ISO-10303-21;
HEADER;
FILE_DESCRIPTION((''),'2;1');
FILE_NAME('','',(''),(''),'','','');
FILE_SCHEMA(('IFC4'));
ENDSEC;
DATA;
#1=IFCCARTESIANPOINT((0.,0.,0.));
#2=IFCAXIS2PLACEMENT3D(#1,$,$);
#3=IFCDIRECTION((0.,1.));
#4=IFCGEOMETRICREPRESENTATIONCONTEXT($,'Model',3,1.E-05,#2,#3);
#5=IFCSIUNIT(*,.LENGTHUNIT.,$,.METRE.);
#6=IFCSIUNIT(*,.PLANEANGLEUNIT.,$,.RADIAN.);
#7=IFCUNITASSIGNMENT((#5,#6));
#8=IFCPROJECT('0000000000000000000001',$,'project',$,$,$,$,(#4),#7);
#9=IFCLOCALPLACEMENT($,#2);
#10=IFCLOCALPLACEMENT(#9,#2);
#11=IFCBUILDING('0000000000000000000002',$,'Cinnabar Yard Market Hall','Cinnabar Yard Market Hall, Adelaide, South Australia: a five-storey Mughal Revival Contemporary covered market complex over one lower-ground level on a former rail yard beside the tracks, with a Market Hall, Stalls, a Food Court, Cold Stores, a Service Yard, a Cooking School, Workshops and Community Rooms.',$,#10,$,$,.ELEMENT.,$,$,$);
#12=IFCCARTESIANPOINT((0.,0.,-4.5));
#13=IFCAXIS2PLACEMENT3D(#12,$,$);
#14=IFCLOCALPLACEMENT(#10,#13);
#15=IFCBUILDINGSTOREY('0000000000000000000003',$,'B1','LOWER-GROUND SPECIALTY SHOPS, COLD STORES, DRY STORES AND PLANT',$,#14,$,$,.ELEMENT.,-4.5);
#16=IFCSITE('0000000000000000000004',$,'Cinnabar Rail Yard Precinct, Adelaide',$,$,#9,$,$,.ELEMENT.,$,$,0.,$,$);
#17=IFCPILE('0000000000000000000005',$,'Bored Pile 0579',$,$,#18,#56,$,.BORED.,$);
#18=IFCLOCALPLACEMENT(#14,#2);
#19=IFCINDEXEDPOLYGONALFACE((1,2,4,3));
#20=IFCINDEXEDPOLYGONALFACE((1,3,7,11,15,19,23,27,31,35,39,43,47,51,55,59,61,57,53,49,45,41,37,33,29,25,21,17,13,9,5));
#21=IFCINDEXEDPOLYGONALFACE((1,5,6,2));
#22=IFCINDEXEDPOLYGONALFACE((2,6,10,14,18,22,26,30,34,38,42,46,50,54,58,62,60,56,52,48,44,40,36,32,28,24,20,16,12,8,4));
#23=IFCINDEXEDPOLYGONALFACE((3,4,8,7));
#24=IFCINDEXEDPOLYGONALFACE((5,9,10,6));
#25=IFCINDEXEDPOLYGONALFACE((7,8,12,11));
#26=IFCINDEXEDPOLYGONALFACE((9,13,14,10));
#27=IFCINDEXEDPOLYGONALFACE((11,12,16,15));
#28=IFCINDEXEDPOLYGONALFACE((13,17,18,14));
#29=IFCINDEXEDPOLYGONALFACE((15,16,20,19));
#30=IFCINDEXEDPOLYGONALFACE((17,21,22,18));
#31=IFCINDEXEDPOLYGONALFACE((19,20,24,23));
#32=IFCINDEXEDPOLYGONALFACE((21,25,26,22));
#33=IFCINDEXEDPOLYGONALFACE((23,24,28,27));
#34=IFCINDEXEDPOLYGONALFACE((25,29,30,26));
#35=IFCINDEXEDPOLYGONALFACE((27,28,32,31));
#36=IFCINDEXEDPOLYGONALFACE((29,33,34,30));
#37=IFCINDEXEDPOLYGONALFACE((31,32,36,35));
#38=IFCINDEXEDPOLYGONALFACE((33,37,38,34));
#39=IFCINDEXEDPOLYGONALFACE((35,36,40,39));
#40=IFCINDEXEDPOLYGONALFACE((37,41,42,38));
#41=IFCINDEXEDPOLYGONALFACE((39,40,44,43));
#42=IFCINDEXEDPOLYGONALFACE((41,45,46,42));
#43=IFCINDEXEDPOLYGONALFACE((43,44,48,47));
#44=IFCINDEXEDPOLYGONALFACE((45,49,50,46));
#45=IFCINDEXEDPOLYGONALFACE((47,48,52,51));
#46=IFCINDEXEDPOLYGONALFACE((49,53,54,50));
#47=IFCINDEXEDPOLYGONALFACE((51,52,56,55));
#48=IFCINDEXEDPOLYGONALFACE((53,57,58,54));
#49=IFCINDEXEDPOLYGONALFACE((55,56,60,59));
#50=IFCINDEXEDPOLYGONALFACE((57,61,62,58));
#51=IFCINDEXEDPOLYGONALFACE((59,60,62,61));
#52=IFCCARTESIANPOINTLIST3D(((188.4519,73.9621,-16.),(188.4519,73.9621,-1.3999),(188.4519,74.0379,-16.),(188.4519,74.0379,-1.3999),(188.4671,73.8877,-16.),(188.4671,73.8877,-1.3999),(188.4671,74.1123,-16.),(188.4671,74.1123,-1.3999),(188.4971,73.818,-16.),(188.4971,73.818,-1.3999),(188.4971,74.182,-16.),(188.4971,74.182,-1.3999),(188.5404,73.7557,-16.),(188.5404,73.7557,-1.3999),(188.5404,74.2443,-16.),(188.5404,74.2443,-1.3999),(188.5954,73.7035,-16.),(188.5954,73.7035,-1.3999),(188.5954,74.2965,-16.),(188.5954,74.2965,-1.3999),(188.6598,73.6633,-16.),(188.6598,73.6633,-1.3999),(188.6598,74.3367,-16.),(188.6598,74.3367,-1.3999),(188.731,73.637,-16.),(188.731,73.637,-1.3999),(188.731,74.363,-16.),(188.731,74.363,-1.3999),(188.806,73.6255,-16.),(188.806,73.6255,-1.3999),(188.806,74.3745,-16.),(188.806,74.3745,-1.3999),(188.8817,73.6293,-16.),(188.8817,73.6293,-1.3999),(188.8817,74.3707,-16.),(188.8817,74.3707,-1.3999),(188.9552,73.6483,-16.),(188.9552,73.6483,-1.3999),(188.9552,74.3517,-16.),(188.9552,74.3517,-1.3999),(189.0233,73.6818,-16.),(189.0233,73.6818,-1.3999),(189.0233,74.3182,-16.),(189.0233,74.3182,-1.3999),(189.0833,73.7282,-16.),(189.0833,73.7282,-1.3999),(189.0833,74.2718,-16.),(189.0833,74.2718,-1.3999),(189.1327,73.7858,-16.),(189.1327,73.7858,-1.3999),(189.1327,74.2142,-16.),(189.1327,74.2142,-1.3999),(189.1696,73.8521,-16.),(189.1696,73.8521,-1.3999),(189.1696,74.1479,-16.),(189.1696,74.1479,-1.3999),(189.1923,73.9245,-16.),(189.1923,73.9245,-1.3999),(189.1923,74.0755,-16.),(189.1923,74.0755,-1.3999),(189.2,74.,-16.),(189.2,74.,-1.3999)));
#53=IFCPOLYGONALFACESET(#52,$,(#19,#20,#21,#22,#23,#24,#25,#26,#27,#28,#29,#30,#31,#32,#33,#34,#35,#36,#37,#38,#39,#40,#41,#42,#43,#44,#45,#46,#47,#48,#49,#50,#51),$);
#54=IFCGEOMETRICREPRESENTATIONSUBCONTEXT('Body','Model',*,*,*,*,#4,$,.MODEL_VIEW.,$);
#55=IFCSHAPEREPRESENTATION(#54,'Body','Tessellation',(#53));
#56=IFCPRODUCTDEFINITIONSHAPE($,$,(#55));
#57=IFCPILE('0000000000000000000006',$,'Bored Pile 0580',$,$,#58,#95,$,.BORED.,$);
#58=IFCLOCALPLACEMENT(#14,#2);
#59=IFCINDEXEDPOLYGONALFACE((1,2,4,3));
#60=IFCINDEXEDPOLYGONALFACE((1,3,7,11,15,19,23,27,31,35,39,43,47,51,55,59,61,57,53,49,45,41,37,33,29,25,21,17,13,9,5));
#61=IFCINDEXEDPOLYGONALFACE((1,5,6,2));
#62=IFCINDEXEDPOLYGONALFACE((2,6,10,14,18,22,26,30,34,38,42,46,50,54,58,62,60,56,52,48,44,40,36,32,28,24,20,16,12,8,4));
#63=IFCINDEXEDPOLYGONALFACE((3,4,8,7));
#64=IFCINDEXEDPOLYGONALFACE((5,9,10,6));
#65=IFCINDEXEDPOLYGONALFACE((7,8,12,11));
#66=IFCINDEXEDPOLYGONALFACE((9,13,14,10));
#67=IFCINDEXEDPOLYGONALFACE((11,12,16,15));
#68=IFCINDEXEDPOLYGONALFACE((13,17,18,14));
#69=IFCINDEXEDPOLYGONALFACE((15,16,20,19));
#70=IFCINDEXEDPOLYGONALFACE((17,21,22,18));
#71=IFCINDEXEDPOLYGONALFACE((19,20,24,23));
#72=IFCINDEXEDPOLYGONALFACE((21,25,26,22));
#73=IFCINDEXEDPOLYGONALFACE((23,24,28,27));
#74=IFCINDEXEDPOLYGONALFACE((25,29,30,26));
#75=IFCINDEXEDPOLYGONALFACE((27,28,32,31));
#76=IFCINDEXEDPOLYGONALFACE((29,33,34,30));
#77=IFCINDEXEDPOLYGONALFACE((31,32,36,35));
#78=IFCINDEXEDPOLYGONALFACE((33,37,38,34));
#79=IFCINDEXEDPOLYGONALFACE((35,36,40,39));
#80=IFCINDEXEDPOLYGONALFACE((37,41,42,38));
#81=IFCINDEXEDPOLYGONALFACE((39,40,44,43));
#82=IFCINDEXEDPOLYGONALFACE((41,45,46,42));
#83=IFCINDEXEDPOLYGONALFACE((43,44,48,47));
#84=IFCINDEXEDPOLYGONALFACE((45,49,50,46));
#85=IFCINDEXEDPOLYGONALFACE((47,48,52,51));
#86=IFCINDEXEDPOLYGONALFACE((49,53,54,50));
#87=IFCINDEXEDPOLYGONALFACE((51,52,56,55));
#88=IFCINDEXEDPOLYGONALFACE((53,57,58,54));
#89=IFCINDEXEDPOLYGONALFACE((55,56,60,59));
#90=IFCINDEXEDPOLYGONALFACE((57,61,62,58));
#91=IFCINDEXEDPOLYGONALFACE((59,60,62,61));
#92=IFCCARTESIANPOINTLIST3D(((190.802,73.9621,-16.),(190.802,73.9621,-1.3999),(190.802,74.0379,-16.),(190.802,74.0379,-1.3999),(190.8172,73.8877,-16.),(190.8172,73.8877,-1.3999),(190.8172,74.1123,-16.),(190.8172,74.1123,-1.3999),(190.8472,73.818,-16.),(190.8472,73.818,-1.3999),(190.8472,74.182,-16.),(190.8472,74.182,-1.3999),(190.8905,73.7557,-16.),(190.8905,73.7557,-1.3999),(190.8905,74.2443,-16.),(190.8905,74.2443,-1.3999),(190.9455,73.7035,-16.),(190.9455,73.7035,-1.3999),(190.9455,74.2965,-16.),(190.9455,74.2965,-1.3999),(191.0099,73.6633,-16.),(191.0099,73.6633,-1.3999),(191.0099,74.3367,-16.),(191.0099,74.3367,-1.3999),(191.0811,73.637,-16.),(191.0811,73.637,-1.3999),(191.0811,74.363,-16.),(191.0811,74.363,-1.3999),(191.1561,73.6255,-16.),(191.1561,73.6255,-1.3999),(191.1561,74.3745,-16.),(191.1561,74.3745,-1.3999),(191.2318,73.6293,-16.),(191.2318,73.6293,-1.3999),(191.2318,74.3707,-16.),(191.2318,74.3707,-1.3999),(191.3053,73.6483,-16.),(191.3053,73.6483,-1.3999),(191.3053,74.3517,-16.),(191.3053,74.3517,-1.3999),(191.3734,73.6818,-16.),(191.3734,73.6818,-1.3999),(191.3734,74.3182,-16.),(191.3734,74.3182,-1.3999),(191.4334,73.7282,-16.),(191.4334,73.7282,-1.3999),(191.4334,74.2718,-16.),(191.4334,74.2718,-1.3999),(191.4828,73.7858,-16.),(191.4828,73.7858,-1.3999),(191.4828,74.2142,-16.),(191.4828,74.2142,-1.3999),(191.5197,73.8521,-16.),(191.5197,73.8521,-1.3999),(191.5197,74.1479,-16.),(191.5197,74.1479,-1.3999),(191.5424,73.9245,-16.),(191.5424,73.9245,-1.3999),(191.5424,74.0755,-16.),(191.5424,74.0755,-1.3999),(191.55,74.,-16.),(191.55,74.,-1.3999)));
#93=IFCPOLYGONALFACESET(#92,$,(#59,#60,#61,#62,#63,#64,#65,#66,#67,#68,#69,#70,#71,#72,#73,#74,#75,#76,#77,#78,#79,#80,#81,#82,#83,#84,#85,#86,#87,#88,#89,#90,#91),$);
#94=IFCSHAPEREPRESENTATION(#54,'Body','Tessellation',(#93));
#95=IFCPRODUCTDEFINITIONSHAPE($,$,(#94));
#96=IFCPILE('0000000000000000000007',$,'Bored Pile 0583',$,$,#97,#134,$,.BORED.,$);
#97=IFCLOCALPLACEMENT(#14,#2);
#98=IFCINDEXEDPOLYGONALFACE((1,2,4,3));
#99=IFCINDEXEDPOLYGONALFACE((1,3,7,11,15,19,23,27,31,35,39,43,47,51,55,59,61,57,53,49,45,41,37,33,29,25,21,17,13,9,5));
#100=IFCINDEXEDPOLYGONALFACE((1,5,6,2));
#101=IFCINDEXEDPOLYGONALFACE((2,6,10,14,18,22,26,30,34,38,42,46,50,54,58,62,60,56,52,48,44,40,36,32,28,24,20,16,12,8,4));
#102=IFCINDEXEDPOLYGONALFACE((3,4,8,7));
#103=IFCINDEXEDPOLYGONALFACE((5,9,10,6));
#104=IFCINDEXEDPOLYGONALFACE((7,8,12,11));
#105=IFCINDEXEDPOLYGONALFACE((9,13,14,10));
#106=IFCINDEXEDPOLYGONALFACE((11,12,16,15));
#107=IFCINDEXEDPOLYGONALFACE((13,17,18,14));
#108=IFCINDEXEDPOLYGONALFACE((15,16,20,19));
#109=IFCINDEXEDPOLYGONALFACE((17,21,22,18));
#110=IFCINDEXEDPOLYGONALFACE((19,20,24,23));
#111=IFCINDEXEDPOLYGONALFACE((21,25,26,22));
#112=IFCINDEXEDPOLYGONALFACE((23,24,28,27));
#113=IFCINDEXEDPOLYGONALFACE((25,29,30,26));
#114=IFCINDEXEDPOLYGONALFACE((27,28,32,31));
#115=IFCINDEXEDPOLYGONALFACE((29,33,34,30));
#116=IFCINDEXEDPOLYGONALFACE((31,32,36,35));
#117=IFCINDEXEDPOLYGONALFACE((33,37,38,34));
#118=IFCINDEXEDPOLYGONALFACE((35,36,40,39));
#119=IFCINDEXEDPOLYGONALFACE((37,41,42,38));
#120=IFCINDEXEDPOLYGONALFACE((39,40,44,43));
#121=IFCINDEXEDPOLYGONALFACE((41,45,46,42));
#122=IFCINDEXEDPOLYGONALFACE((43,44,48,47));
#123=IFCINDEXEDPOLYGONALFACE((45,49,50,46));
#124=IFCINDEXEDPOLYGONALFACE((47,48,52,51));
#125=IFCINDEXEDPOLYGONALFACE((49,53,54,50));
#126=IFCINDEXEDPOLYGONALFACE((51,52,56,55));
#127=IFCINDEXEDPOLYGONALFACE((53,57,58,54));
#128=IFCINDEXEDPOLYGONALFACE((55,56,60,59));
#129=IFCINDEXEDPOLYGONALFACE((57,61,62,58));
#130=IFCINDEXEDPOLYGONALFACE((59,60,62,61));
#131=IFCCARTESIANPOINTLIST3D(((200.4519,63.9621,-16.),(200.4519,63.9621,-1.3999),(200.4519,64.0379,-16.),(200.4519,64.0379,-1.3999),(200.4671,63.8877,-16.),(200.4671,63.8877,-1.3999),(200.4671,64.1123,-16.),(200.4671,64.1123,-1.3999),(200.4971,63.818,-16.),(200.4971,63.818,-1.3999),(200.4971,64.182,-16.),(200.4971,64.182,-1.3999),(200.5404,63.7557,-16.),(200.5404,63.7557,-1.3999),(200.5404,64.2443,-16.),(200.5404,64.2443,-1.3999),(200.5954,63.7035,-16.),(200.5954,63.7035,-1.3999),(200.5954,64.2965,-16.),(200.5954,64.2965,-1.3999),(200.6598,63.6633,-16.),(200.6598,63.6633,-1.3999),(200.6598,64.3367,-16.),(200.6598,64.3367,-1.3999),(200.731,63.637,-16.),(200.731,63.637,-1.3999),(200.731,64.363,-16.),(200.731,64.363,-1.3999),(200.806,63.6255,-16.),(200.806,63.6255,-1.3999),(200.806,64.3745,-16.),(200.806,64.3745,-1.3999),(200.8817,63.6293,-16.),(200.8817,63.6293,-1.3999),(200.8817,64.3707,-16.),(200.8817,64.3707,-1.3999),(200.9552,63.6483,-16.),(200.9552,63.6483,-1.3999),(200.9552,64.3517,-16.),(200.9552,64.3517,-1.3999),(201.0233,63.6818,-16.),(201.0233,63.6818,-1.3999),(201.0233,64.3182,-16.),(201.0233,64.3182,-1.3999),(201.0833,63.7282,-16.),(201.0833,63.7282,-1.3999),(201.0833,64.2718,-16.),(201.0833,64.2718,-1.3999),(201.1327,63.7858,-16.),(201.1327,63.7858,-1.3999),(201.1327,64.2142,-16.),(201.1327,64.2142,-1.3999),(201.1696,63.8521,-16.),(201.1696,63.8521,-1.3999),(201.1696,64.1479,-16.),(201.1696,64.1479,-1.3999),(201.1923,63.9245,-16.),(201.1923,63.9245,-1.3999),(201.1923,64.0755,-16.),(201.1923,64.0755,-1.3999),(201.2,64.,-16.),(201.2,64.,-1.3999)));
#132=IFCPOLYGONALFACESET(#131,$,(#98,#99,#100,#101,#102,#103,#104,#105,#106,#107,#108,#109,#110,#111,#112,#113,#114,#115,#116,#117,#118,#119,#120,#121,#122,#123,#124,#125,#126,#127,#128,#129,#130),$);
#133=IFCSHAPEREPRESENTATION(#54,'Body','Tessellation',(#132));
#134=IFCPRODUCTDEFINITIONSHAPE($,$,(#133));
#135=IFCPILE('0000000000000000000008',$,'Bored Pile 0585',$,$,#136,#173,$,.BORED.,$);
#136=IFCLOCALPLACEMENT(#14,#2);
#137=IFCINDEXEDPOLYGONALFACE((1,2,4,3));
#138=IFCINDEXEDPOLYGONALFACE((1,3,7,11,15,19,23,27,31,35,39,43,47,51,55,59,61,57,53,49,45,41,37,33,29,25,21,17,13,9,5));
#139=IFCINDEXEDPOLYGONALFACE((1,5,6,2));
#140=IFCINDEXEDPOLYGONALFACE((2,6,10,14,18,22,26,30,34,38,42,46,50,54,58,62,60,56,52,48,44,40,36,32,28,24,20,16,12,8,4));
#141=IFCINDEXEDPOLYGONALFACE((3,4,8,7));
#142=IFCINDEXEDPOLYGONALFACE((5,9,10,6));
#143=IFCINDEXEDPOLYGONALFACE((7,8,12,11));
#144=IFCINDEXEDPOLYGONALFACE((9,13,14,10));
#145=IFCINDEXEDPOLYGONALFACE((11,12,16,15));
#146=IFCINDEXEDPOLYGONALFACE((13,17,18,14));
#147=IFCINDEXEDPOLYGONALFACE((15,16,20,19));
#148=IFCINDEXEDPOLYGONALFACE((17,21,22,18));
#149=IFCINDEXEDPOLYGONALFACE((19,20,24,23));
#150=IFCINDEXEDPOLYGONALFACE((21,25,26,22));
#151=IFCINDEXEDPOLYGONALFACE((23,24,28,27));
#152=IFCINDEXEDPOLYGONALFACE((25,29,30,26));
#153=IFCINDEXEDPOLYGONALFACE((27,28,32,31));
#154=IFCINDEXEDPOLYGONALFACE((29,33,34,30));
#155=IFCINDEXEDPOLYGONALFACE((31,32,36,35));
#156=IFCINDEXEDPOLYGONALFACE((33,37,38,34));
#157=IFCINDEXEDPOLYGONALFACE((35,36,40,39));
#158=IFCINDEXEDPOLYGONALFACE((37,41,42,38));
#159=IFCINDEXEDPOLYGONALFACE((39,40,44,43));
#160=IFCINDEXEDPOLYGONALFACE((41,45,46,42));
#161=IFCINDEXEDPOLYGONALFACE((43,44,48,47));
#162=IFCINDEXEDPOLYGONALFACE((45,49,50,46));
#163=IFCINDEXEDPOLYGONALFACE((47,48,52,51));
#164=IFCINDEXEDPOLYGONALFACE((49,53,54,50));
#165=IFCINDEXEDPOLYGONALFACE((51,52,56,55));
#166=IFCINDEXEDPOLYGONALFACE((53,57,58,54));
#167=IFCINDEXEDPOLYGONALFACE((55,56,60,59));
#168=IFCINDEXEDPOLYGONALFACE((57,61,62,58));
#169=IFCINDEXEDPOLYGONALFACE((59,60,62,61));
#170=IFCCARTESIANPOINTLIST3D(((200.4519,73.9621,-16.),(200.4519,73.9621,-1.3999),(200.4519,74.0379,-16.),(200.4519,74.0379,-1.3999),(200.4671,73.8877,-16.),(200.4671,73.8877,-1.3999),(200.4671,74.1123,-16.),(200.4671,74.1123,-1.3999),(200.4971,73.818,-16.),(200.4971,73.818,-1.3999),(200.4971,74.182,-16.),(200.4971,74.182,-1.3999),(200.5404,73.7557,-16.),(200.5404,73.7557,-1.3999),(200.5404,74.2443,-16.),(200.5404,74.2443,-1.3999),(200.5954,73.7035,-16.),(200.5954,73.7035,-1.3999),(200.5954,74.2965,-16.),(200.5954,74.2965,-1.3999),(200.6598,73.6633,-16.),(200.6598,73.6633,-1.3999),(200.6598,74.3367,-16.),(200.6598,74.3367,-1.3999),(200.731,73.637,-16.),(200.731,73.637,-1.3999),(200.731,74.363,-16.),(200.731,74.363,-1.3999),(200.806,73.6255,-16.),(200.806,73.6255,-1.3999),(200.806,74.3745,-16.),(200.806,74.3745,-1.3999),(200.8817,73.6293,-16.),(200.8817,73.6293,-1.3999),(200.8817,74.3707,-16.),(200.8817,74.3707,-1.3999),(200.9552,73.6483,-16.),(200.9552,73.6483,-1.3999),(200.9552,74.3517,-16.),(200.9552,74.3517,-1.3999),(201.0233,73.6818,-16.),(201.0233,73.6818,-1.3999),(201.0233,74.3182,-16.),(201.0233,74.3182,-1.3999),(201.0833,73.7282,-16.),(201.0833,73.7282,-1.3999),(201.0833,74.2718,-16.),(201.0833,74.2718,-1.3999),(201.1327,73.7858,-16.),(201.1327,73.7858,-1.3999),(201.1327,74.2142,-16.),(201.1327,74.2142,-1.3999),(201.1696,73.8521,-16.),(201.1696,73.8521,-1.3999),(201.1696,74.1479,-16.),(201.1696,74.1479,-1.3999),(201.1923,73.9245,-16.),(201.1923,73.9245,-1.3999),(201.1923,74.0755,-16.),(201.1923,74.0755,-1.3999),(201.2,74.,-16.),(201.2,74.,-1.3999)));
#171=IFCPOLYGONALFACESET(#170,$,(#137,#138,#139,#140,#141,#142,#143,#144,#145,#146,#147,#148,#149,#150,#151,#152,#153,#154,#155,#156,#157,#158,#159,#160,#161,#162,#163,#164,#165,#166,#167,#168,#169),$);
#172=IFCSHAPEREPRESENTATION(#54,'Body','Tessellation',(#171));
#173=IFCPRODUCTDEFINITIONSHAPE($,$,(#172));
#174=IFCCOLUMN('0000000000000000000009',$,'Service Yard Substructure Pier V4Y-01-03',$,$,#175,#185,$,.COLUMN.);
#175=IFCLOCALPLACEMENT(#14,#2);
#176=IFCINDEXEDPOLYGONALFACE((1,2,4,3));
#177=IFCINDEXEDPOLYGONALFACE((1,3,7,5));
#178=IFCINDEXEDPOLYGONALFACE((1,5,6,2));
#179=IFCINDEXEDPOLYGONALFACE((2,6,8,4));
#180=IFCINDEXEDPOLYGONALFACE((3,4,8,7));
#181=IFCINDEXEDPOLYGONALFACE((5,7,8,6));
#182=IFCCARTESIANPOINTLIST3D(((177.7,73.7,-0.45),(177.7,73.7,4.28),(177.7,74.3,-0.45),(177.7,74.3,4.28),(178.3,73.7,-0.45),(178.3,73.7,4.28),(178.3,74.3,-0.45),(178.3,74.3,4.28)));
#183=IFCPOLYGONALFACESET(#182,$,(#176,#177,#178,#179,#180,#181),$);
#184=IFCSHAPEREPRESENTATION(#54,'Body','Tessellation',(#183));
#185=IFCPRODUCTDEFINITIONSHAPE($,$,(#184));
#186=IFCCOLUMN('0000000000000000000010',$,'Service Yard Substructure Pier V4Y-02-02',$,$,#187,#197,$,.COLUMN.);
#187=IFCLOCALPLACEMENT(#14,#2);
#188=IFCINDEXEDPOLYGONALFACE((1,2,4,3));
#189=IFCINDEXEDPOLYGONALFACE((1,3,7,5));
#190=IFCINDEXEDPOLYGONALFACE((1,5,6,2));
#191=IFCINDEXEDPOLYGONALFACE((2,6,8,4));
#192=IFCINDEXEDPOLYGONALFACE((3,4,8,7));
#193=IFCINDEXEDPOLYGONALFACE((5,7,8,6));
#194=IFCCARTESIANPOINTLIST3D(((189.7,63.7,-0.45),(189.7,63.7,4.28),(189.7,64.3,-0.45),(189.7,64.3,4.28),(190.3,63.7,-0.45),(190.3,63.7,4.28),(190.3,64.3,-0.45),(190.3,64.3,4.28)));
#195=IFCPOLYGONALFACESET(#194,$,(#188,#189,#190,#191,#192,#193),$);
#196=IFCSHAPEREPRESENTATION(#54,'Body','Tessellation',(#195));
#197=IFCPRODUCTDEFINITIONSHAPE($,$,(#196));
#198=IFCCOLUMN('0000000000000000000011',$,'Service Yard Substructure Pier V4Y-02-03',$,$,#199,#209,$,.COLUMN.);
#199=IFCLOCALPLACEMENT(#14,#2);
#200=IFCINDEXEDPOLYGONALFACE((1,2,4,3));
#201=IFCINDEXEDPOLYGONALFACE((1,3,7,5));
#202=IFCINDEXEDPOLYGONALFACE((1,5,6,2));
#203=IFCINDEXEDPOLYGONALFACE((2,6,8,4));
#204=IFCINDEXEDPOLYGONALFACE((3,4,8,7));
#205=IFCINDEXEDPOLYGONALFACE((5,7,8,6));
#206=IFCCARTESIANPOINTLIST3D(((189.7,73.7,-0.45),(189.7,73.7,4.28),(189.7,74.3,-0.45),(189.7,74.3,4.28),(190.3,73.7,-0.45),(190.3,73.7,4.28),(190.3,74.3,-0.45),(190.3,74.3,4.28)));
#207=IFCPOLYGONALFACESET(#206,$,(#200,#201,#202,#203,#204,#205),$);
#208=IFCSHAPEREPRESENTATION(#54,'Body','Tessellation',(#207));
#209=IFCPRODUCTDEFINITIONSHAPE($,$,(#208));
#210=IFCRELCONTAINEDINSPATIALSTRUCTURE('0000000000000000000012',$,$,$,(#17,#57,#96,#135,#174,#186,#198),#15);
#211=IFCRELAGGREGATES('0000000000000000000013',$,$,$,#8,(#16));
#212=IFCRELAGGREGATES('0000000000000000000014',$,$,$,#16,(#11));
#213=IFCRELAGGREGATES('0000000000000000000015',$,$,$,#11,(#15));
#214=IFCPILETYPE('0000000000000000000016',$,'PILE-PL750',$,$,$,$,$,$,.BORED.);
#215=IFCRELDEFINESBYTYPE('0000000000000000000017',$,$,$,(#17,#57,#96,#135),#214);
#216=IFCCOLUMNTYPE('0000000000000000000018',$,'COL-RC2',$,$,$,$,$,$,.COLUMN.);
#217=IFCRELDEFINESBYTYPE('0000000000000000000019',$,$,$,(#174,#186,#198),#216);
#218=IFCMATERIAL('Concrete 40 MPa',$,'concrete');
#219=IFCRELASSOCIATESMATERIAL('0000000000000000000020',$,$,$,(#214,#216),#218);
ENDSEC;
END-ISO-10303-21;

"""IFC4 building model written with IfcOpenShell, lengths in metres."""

from ifc_helpers import new_model, si_unit, direction, frame, origin, origin_2d_with_axis, place, context, subcontext, project, spatial, rectangle, circle, extrude, material, material_profile, profile_set, type_object, element, save


model = new_model("IFC4")

# Units and contexts
model_context = context("Model", 3, precision=1e-05, world=origin(), true_north=direction((0.0, 1.0)))
body_context = subcontext(model_context, "Body", "Model", "MODEL_VIEW")
ifc_project = project(units=[si_unit("LENGTHUNIT", "METRE"), si_unit("PLANEANGLEUNIT", "RADIAN")], contexts=[model_context])

# Site, building, storey
site_placement = place(None, origin())
site = spatial("IfcSite", under=ifc_project, at=site_placement, Name="Cinnabar Rail Yard Precinct, Adelaide", CompositionType="ELEMENT", RefElevation=0.0)
building_placement = place(site_placement, origin())
building = spatial("IfcBuilding", under=site, at=building_placement, Name="Cinnabar Yard Market Hall", Description="Cinnabar Yard Market Hall, Adelaide, South Australia: a five-storey Mughal Revival Contemporary covered market complex over one lower-ground level on a former rail yard beside the tracks, with a Market Hall, Stalls, a Food Court, Cold Stores, a Service Yard, a Cooking School, Workshops and Community Rooms.", CompositionType="ELEMENT")
storey_placement = place(building_placement, frame((0.0, 0.0, -4.5)))
storey = spatial("IfcBuildingStorey", under=building, at=storey_placement, Name="B1", Description="LOWER-GROUND SPECIALTY SHOPS, COLD STORES, DRY STORES AND PLANT", CompositionType="ELEMENT", Elevation=-4.5)

# Shared definitions
ifc_material_1 = material(Name="Concrete 40 MPa", Category="concrete")

# Piles
ifc_material_profile_1 = material_profile(ifc_material_1, circle(Radius=0.375, at=origin_2d_with_axis()), Name="PILE-D750")
ifc_profile_set_1 = profile_set([ifc_material_profile_1], Name="Concrete 40 MPa")
pile_type = type_object("IfcPileType", Name="PILE-PL750", PredefinedType="BORED", material=ifc_profile_set_1)
for number, where, z_axis, x_axis, name in (
    (1, (188.825, 74.0, -1.3999), (0.0, 0.0, -1.0), (1.0, 0.0, 0.0), "Bored Pile 0579"),
    (2, (191.175, 74.0, -1.3999), (0.0, 0.0, -1.0), (1.0, 0.0, 0.0), "Bored Pile 0580"),
    (3, (200.825, 64.0, -1.3999), (0.0, 0.0, -1.0), (1.0, 0.0, 0.0), "Bored Pile 0583"),
    (4, (200.825, 74.0, -1.3999), (0.0, 0.0, -1.0), (1.0, 0.0, 0.0), "Bored Pile 0585"),
):
    element("IfcPile", number, at=place(storey_placement, frame(where, z_axis=z_axis, x_axis=x_axis)), inside=storey, type_object=pile_type, Name=name, PredefinedType="BORED", context=body_context, shape_type="SweptSolid", body=[
        extrude(circle(Radius=0.375, at=origin_2d_with_axis()), origin(), (0.0, 0.0, 1.0), 14.6001),
    ])

# Columns
ifc_material_profile_2 = material_profile(ifc_material_1, rectangle(XDim=0.6001, YDim=0.6001, at=origin_2d_with_axis()), Name="RC-600x600")
ifc_profile_set_2 = profile_set([ifc_material_profile_2], Name="Concrete 40 MPa")
column_type = type_object("IfcColumnType", Name="COL-RC2", PredefinedType="COLUMN", material=ifc_profile_set_2)
for number, where, z_axis, x_axis, name in (
    (5, (178.0, 74.0, -0.45), (0.0, 0.0, 1.0), (1.0, 0.0, 0.0), "Service Yard Substructure Pier V4Y-01-03"),
    (6, (190.0, 64.0, -0.45), (0.0, 0.0, 1.0), (1.0, 0.0, 0.0), "Service Yard Substructure Pier V4Y-02-02"),
    (7, (190.0, 74.0, -0.45), (0.0, 0.0, 1.0), (1.0, 0.0, 0.0), "Service Yard Substructure Pier V4Y-02-03"),
):
    element("IfcColumn", number, at=place(storey_placement, frame(where, z_axis=z_axis, x_axis=x_axis)), inside=storey, type_object=column_type, Name=name, PredefinedType="COLUMN", context=body_context, shape_type="SweptSolid", body=[
        extrude(rectangle(XDim=0.6001, YDim=0.6001, at=origin_2d_with_axis()), origin(), (0.0, 0.0, 1.0), 4.73),
    ])

save(model, "model.ifc")
